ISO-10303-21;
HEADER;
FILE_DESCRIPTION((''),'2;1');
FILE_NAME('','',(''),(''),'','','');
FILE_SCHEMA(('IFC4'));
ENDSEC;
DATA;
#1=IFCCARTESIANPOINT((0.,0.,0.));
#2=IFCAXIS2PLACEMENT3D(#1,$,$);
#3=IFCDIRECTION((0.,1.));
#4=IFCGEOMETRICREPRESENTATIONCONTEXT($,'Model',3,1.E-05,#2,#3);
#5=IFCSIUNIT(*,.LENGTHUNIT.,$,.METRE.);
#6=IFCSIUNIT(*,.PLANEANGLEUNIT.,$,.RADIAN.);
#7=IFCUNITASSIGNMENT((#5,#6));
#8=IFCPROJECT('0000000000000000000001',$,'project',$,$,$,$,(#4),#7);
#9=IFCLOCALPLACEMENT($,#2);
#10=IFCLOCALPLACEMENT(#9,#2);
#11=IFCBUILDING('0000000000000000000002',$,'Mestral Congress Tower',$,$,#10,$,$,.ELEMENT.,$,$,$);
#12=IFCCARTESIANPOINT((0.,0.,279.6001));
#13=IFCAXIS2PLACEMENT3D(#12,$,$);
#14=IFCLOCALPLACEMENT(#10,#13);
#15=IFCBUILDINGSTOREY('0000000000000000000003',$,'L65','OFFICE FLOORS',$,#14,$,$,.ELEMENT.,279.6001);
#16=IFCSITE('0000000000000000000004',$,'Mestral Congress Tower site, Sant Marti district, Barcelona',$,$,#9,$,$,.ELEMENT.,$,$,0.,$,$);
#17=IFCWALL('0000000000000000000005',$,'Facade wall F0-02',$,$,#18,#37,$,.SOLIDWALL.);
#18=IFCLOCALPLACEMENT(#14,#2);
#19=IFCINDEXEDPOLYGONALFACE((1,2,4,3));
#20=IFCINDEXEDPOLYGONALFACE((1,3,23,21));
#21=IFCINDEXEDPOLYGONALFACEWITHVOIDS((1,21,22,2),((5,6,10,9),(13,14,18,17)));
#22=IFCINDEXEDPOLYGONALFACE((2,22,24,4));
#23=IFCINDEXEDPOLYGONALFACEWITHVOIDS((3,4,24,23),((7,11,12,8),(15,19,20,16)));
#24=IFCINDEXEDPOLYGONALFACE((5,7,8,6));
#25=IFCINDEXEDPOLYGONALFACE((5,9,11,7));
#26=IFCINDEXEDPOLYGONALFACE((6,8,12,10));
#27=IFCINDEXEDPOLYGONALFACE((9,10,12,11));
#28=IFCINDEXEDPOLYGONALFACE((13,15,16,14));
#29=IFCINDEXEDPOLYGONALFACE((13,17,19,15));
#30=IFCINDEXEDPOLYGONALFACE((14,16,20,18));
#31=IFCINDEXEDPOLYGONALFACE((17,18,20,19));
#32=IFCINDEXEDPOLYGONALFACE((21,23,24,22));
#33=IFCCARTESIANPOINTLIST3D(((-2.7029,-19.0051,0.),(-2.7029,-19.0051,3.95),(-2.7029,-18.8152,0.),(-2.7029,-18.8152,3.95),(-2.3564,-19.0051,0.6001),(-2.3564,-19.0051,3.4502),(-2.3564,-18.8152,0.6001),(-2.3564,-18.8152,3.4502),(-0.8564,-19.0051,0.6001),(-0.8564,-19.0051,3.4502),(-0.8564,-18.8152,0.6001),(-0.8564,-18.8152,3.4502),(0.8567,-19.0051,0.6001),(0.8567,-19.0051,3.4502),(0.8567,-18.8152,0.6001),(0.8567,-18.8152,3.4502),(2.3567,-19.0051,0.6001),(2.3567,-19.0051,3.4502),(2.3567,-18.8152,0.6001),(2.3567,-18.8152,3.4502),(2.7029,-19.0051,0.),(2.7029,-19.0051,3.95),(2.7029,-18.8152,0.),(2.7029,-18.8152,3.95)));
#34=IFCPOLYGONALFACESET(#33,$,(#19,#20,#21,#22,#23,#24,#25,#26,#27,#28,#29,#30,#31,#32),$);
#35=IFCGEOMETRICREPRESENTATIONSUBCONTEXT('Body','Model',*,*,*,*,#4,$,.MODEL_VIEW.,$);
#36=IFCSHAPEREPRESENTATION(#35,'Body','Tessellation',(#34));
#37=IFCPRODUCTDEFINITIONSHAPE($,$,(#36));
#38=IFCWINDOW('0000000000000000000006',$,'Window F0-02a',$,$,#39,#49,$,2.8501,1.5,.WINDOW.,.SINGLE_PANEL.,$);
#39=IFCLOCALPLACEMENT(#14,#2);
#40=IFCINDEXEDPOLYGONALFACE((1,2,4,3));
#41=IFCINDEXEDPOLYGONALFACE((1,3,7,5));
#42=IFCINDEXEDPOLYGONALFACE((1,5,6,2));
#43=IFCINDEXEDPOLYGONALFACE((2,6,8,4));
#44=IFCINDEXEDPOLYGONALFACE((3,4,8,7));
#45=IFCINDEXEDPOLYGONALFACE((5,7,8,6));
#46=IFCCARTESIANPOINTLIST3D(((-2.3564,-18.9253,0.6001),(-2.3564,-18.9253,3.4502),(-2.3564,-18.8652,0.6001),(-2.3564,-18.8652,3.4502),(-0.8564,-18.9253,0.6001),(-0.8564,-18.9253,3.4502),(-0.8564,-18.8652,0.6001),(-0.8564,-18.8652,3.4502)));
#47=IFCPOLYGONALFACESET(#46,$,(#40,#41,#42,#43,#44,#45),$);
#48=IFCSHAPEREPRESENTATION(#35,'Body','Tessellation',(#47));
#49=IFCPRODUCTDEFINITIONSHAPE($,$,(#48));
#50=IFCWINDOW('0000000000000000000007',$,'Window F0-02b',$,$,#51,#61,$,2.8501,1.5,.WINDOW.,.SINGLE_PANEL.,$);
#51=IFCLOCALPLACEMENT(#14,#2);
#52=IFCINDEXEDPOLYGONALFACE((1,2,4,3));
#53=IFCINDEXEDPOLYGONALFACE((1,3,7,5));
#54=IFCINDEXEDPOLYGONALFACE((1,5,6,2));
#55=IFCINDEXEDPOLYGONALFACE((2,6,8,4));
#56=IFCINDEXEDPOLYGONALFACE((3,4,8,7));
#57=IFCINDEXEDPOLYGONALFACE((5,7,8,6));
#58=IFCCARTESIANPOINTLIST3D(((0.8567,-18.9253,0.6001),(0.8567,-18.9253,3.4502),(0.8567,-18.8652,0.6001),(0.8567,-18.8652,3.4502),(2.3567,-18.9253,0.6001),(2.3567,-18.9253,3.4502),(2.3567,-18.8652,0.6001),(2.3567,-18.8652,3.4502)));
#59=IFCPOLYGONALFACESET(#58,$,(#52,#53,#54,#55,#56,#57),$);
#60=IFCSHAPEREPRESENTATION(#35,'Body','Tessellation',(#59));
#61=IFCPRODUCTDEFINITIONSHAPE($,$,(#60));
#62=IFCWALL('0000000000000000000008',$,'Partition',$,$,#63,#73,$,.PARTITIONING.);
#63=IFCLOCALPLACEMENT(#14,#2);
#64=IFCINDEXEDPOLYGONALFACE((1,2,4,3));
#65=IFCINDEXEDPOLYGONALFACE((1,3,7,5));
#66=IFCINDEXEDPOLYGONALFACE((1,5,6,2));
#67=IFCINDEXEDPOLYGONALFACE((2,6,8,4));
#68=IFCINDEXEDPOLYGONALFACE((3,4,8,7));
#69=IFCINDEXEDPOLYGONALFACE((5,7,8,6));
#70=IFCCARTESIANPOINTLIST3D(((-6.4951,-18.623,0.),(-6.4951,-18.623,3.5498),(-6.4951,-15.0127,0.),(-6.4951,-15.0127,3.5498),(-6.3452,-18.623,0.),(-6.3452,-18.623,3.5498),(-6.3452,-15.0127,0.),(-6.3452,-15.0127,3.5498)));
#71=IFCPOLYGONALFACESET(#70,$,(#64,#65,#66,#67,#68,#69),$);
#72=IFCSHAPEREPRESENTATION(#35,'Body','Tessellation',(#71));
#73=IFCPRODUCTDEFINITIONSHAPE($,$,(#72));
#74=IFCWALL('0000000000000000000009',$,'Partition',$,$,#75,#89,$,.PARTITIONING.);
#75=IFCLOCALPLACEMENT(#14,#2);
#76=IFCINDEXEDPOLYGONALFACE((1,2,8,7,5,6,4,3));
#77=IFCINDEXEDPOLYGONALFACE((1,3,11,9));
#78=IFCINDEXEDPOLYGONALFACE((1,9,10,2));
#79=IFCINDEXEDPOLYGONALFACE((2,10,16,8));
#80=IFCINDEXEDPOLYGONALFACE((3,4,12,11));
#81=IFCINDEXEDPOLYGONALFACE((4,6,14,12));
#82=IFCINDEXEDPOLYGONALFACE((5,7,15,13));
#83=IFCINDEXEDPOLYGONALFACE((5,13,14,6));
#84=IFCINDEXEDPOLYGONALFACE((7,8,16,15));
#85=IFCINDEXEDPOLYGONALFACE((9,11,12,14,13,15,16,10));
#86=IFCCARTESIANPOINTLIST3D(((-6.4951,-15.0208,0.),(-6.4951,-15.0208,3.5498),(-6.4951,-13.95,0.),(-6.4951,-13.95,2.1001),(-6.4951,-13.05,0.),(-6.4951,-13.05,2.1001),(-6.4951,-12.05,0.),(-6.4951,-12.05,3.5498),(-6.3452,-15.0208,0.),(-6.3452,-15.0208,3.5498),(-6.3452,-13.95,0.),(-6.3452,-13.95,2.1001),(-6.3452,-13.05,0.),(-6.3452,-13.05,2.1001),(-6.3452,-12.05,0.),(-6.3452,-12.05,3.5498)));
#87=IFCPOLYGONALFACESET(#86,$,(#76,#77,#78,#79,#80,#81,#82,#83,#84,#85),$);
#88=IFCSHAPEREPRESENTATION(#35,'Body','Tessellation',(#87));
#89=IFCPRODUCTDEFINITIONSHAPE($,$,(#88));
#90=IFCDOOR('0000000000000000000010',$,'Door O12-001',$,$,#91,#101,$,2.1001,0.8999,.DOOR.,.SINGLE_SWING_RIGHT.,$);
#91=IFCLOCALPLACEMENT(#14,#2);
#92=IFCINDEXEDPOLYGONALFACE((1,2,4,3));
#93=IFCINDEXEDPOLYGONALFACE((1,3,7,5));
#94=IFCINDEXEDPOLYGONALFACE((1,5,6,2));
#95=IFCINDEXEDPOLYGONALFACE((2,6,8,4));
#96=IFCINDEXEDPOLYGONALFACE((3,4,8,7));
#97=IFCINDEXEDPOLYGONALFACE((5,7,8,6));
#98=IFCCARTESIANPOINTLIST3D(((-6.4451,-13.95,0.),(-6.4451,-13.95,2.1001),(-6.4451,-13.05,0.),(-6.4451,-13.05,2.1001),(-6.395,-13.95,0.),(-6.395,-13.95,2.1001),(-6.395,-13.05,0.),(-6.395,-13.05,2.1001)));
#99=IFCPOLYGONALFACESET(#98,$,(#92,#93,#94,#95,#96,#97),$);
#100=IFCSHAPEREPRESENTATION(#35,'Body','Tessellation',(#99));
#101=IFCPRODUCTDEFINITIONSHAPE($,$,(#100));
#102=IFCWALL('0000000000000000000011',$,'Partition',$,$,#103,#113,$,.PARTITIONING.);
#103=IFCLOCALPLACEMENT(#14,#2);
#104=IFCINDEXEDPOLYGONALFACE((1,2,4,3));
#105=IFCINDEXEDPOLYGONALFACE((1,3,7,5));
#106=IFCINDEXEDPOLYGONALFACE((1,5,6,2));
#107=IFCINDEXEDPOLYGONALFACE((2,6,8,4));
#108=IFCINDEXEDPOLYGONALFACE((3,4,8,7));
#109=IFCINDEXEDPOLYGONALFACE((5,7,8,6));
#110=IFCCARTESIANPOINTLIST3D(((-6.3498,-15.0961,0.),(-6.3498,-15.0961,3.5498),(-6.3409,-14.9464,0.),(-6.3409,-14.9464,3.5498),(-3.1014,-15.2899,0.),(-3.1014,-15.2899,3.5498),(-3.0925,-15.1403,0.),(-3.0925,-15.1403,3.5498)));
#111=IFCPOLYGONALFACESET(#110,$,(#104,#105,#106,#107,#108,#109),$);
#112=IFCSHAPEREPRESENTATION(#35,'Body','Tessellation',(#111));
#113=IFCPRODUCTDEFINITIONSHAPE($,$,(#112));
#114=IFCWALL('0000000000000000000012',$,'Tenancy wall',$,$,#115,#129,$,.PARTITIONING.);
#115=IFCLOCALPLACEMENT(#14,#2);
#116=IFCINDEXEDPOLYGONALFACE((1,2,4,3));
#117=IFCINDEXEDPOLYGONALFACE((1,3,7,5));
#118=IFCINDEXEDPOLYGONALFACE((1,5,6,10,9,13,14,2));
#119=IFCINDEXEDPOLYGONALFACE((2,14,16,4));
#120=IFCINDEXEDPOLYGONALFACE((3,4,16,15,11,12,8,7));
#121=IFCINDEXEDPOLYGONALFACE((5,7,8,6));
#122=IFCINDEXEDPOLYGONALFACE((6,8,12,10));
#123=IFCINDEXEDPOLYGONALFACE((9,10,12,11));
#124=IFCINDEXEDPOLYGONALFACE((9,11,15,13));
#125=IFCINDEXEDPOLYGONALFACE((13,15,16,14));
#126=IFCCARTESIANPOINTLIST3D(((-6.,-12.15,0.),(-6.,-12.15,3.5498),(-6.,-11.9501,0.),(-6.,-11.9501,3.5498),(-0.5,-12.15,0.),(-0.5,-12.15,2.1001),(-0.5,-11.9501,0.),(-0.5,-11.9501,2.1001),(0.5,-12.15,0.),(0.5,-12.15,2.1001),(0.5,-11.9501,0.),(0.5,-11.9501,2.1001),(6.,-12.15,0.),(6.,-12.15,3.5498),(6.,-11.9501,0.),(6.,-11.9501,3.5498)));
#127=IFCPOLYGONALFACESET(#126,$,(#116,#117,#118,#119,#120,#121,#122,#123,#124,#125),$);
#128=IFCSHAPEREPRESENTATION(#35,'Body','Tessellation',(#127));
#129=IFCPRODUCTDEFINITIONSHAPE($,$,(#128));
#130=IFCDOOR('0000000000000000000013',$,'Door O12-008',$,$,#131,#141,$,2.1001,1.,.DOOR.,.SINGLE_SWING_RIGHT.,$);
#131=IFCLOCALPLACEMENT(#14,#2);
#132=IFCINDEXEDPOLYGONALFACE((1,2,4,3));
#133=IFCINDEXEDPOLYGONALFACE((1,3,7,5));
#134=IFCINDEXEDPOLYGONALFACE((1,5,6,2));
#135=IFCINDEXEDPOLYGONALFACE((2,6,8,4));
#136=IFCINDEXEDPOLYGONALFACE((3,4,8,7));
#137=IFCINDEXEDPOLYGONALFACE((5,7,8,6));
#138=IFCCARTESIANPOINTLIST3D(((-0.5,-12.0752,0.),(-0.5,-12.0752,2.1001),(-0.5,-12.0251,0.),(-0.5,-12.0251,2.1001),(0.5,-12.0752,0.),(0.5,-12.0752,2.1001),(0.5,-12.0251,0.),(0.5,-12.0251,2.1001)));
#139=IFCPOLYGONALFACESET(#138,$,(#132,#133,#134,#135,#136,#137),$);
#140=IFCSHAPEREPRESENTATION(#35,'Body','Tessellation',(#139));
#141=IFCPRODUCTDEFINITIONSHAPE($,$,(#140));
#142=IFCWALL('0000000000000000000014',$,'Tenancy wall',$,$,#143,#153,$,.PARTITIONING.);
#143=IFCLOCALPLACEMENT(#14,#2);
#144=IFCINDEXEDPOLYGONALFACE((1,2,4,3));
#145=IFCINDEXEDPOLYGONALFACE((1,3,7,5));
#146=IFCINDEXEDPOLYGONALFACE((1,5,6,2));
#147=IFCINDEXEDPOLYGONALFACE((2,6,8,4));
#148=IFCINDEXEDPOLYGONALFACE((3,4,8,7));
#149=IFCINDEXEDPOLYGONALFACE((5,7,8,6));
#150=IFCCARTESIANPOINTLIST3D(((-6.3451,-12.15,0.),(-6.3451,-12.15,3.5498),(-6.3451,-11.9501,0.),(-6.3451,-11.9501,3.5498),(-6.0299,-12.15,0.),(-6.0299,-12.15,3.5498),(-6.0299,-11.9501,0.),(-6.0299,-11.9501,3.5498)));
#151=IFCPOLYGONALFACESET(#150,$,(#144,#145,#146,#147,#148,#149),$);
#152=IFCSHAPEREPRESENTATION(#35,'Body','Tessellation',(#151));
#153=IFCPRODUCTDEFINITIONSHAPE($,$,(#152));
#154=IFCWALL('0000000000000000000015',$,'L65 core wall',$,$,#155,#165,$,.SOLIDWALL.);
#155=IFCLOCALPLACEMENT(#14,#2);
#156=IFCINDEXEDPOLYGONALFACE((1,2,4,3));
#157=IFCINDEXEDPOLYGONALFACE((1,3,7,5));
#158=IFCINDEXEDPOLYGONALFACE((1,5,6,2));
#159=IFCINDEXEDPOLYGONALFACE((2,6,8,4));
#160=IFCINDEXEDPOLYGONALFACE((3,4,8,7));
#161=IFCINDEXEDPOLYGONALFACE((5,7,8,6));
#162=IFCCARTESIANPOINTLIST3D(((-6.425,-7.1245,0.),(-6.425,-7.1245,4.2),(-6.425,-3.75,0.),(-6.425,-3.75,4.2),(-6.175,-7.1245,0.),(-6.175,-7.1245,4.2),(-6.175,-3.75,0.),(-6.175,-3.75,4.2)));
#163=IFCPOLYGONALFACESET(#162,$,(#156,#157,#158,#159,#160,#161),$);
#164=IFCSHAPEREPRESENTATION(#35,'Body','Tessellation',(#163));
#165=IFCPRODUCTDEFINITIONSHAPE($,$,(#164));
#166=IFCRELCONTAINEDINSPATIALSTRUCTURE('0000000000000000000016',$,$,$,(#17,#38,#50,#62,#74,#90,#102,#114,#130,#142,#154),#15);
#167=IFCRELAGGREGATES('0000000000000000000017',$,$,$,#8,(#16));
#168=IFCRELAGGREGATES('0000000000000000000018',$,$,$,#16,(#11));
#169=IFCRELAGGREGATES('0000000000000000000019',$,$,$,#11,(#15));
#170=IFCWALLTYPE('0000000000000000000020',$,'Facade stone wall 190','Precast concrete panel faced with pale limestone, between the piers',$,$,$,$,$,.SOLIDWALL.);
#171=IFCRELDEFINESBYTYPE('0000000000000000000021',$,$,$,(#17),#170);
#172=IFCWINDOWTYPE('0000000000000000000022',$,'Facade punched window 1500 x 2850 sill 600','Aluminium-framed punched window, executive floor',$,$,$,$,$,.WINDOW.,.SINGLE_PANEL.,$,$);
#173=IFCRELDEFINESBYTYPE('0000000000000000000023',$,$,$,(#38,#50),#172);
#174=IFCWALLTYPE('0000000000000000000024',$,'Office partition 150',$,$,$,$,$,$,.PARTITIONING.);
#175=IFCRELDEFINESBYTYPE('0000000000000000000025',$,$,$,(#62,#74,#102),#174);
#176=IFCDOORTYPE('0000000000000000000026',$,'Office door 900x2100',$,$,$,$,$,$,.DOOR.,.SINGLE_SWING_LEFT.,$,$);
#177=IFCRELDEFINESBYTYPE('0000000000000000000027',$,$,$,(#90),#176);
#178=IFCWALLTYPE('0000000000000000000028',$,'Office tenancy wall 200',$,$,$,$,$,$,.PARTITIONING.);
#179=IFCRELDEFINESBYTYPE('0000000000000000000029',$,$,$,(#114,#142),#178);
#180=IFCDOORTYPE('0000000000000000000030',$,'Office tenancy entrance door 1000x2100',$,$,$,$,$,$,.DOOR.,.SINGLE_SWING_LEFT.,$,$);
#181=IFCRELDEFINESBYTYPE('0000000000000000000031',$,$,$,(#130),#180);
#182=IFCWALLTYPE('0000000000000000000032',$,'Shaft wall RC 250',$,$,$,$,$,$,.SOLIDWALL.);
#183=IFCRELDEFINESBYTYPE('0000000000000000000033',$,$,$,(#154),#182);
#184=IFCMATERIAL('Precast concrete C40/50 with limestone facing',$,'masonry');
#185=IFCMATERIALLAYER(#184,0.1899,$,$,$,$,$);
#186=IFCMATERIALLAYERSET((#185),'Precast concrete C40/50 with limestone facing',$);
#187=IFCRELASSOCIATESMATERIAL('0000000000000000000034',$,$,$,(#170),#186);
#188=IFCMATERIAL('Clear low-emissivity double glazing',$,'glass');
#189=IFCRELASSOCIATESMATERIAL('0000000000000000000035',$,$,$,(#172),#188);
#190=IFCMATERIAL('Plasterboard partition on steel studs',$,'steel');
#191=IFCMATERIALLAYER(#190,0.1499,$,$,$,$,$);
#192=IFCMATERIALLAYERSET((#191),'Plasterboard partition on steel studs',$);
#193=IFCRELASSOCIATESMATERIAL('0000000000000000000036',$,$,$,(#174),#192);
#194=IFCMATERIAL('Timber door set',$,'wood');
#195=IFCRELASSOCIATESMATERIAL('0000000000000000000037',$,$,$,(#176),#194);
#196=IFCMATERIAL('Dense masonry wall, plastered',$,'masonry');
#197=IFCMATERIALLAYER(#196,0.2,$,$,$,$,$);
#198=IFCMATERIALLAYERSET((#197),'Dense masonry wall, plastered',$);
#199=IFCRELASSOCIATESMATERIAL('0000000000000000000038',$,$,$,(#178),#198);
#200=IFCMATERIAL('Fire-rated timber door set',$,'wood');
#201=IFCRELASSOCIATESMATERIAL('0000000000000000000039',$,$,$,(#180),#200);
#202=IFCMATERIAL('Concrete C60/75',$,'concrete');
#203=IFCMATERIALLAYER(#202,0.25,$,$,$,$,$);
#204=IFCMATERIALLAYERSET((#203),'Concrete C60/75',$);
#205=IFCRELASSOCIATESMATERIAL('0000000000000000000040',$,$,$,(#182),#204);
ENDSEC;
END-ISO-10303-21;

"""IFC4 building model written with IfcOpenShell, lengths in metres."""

from ifc_helpers import new_model, si_unit, direction, frame, frame_2d, origin, place, context, subcontext, project, spatial, rectangle, extrude, material, layer, layer_set, type_object, element, fill, save


model = new_model("IFC4")

# Units and contexts
model_context = context("Model", 3, precision=1e-05, world=origin(), true_north=direction((0.0, 1.0)))
body_context = subcontext(model_context, "Body", "Model", "MODEL_VIEW")
ifc_project = project(units=[si_unit("LENGTHUNIT", "METRE"), si_unit("PLANEANGLEUNIT", "RADIAN")], contexts=[model_context])

# Site, building, storey
site_placement = place(None, origin())
site = spatial("IfcSite", under=ifc_project, at=site_placement, Name="Mestral Congress Tower site, Sant Marti district, Barcelona", CompositionType="ELEMENT", RefElevation=0.0)
building_placement = place(site_placement, origin())
building = spatial("IfcBuilding", under=site, at=building_placement, Name="Mestral Congress Tower", CompositionType="ELEMENT")
storey_placement = place(building_placement, frame((0.0, 0.0, 279.6001)))
storey = spatial("IfcBuildingStorey", under=building, at=storey_placement, Name="L65", Description="OFFICE FLOORS", CompositionType="ELEMENT", Elevation=279.6001)

# Shared definitions
ifc_material_1 = material(Name="Concrete C60/75", Category="concrete")

# Wall, openings, windows
ifc_material_2 = material(Name="Precast concrete C40/50 with limestone facing", Category="masonry")
ifc_layer_1 = layer(ifc_material_2, 0.1899)
ifc_layer_set_1 = layer_set([ifc_layer_1], Name="Precast concrete C40/50 with limestone facing")
wall_type_1 = type_object("IfcWallType", Name="Facade stone wall 190", Description="Precast concrete panel faced with pale limestone, between the piers", PredefinedType="SOLIDWALL", material=ifc_layer_set_1)
ifc_material_3 = material(Name="Clear low-emissivity double glazing", Category="glass")
window_type = type_object("IfcWindowType", Name="Facade punched window 1500 x 2850 sill 600", Description="Aluminium-framed punched window, executive floor", PartitioningType="SINGLE_PANEL", PredefinedType="WINDOW", material=ifc_material_3)
wall_1_placement = place(storey_placement, frame((-2.7029, -18.9102, 0.0), z_axis=(0.0, 0.0, 1.0), x_axis=(1.0, 0.0, 0.0)))
wall_1 = element("IfcWall", 1, at=wall_1_placement, inside=storey, type_object=wall_type_1, Name="Facade wall F0-02", PredefinedType="SOLIDWALL", context=body_context, shape_type="SweptSolid", body=[
    extrude(rectangle(XDim=5.4058, YDim=0.1899, at=frame_2d((2.7029, 0.0))), origin(), (0.0, 0.0, 1.0), 3.95),
])
opening_1_placement = place(wall_1_placement, frame((0.3464, 0.0, 0.6001)))
opening_1 = element("IfcOpeningElement", 2, at=opening_1_placement, cuts=wall_1, PredefinedType="OPENING", context=body_context, shape_type="SweptSolid", body=[
    extrude(rectangle(XDim=1.5, YDim=2.8501, at=frame_2d((0.75, 1.425))), frame((0.0, 0.105, 0.0), z_axis=(0.0, -1.0, 0.0), x_axis=(1.0, 0.0, 0.0)), (0.0, 0.0, 1.0), 0.21),
])
opening_2_placement = place(wall_1_placement, frame((3.5596, 0.0, 0.6001)))
opening_2 = element("IfcOpeningElement", 3, at=opening_2_placement, cuts=wall_1, PredefinedType="OPENING", context=body_context, shape_type="SweptSolid", body=[
    extrude(rectangle(XDim=1.5, YDim=2.8501, at=frame_2d((0.75, 1.425))), frame((0.0, 0.105, 0.0), z_axis=(0.0, -1.0, 0.0), x_axis=(1.0, 0.0, 0.0)), (0.0, 0.0, 1.0), 0.21),
])
window_1_placement = place(opening_1_placement, origin())
window_1 = element("IfcWindow", 4, at=window_1_placement, inside=storey, type_object=window_type, Name="Window F0-02a", OverallHeight=2.8501, OverallWidth=1.5, PartitioningType="SINGLE_PANEL", PredefinedType="WINDOW", context=body_context, shape_type="SweptSolid", body=[
    extrude(rectangle(XDim=1.5, YDim=2.8501, at=frame_2d((0.75, 1.425))), frame((0.0, 0.0449, 0.0), z_axis=(0.0, -1.0, 0.0), x_axis=(1.0, 0.0, 0.0)), (0.0, 0.0, 1.0), 0.0601),
])
fill(opening_1, window_1)
window_2_placement = place(opening_2_placement, origin())
window_2 = element("IfcWindow", 5, at=window_2_placement, inside=storey, type_object=window_type, Name="Window F0-02b", OverallHeight=2.8501, OverallWidth=1.5, PartitioningType="SINGLE_PANEL", PredefinedType="WINDOW", context=body_context, shape_type="SweptSolid", body=[
    extrude(rectangle(XDim=1.5, YDim=2.8501, at=frame_2d((0.75, 1.425))), frame((0.0, 0.0449, 0.0), z_axis=(0.0, -1.0, 0.0), x_axis=(1.0, 0.0, 0.0)), (0.0, 0.0, 1.0), 0.0601),
])
fill(opening_2, window_2)

# Wall
ifc_material_4 = material(Name="Plasterboard partition on steel studs", Category="steel")
ifc_layer_2 = layer(ifc_material_4, 0.1499)
ifc_layer_set_2 = layer_set([ifc_layer_2], Name="Plasterboard partition on steel studs")
wall_type_2 = type_object("IfcWallType", Name="Office partition 150", PredefinedType="PARTITIONING", material=ifc_layer_set_2)
wall_2_placement = place(storey_placement, frame((-6.4202, -15.0127, 0.0), z_axis=(0.0, 0.0, 1.0), x_axis=(0.0, -1.0, 0.0)))
element("IfcWall", 6, at=wall_2_placement, inside=storey, type_object=wall_type_2, Name="Partition", PredefinedType="PARTITIONING", context=body_context, shape_type="SweptSolid", body=[
    extrude(rectangle(XDim=3.6104, YDim=0.1499, at=frame_2d((1.8052, 0.0))), origin(), (0.0, 0.0, 1.0), 3.5498),
])

# Wall, opening, door
wall_3_placement = place(storey_placement, frame((-6.4202, -15.0208, 0.0), z_axis=(0.0, 0.0, 1.0), x_axis=(0.0, 1.0, 0.0)))
wall_3 = element("IfcWall", 7, at=wall_3_placement, inside=storey, type_object=wall_type_2, Name="Partition", PredefinedType="PARTITIONING", context=body_context, shape_type="SweptSolid", body=[
    extrude(rectangle(XDim=2.9707, YDim=0.1499, at=frame_2d((1.4854, 0.0))), origin(), (0.0, 0.0, 1.0), 3.5498),
])
opening_3_placement = place(wall_3_placement, frame((1.0708, 0.0, 0.0)))
opening_3 = element("IfcOpeningElement", 8, at=opening_3_placement, cuts=wall_3, PredefinedType="OPENING", context=body_context, shape_type="SweptSolid", body=[
    extrude(rectangle(XDim=0.8999, YDim=2.1001, at=frame_2d((0.45, 1.05))), frame((0.0, 0.085, 0.0), z_axis=(0.0, -1.0, 0.0), x_axis=(1.0, 0.0, 0.0)), (0.0, 0.0, 1.0), 0.1699),
])
ifc_material_5 = material(Name="Timber door set", Category="wood")
door_type_1 = type_object("IfcDoorType", Name="Office door 900x2100", OperationType="SINGLE_SWING_LEFT", PredefinedType="DOOR", material=ifc_material_5)
door_1_placement = place(opening_3_placement, origin())
door_1 = element("IfcDoor", 9, at=door_1_placement, inside=storey, type_object=door_type_1, Name="Door O12-001", OperationType="SINGLE_SWING_RIGHT", OverallHeight=2.1001, OverallWidth=0.8999, PredefinedType="DOOR", context=body_context, shape_type="SweptSolid", body=[
    extrude(rectangle(XDim=0.8999, YDim=2.1001, at=frame_2d((0.45, 1.05))), frame((0.0, 0.0249, 0.0), z_axis=(0.0, -1.0, 0.0), x_axis=(1.0, 0.0, 0.0)), (0.0, 0.0, 1.0), 0.05),
])
fill(opening_3, door_1)

# Wall
wall_4_placement = place(storey_placement, frame((-6.3452, -15.0212, 0.0), z_axis=(0.0, 0.0, 1.0), x_axis=(0.998224, -0.059571, 0.0)))
element("IfcWall", 10, at=wall_4_placement, inside=storey, type_object=wall_type_2, Name="Partition", PredefinedType="PARTITIONING", context=body_context, shape_type="SweptSolid", body=[
    extrude(rectangle(XDim=3.2542, YDim=0.1499, at=frame_2d((1.627, 0.0))), origin(), (0.0, 0.0, 1.0), 3.5498),
])

# Wall, opening, door
ifc_material_6 = material(Name="Dense masonry wall, plastered", Category="masonry")
ifc_layer_3 = layer(ifc_material_6, 0.2)
ifc_layer_set_3 = layer_set([ifc_layer_3], Name="Dense masonry wall, plastered")
wall_type_3 = type_object("IfcWallType", Name="Office tenancy wall 200", PredefinedType="PARTITIONING", material=ifc_layer_set_3)
wall_5_placement = place(storey_placement, frame((-6.0, -12.05, 0.0), z_axis=(0.0, 0.0, 1.0), x_axis=(1.0, 0.0, 0.0)))
wall_5 = element("IfcWall", 11, at=wall_5_placement, inside=storey, type_object=wall_type_3, Name="Tenancy wall", PredefinedType="PARTITIONING", context=body_context, shape_type="SweptSolid", body=[
    extrude(rectangle(XDim=12.0, YDim=0.2, at=frame_2d((6.0, 0.0))), origin(), (0.0, 0.0, 1.0), 3.5498),
])
opening_4_placement = place(wall_5_placement, frame((5.5, 0.0, 0.0)))
opening_4 = element("IfcOpeningElement", 12, at=opening_4_placement, cuts=wall_5, PredefinedType="OPENING", context=body_context, shape_type="SweptSolid", body=[
    extrude(rectangle(XDim=1.0, YDim=2.1001, at=frame_2d((0.5, 1.05))), frame((0.0, 0.1099, 0.0), z_axis=(0.0, -1.0, 0.0), x_axis=(1.0, 0.0, 0.0)), (0.0, 0.0, 1.0), 0.22),
])
ifc_material_7 = material(Name="Fire-rated timber door set", Category="wood")
door_type_2 = type_object("IfcDoorType", Name="Office tenancy entrance door 1000x2100", OperationType="SINGLE_SWING_LEFT", PredefinedType="DOOR", material=ifc_material_7)
door_2_placement = place(opening_4_placement, origin())
door_2 = element("IfcDoor", 13, at=door_2_placement, inside=storey, type_object=door_type_2, Name="Door O12-008", OperationType="SINGLE_SWING_RIGHT", OverallHeight=2.1001, OverallWidth=1.0, PredefinedType="DOOR", context=body_context, shape_type="SweptSolid", body=[
    extrude(rectangle(XDim=1.0, YDim=2.1001, at=frame_2d((0.5, 1.05))), frame((0.0, 0.0249, 0.0), z_axis=(0.0, -1.0, 0.0), x_axis=(1.0, 0.0, 0.0)), (0.0, 0.0, 1.0), 0.05),
])
fill(opening_4, door_2)

# Walls
wall_6_placement = place(storey_placement, frame((-6.3452, -12.05, 0.0), z_axis=(0.0, 0.0, 1.0), x_axis=(1.0, 0.0, 0.0)))
element("IfcWall", 14, at=wall_6_placement, inside=storey, type_object=wall_type_3, Name="Tenancy wall", PredefinedType="PARTITIONING", context=body_context, shape_type="SweptSolid", body=[
    extrude(rectangle(XDim=0.3152, YDim=0.2, at=frame_2d((0.1577, 0.0))), origin(), (0.0, 0.0, 1.0), 3.5498),
])
ifc_layer_4 = layer(ifc_material_1, 0.25)
ifc_layer_set_4 = layer_set([ifc_layer_4], Name="Concrete C60/75")
wall_type_4 = type_object("IfcWallType", Name="Shaft wall RC 250", PredefinedType="SOLIDWALL", material=ifc_layer_set_4)
wall_7_placement = place(storey_placement, frame((-6.3, -7.1245, 0.0), z_axis=(0.0, 0.0, 1.0), x_axis=(0.0, 1.0, 0.0)))
element("IfcWall", 15, at=wall_7_placement, inside=storey, type_object=wall_type_4, Name="L65 core wall", PredefinedType="SOLIDWALL", context=body_context, shape_type="SweptSolid", body=[
    extrude(rectangle(XDim=3.3745, YDim=0.25, at=frame_2d((1.6873, 0.0))), origin(), (0.0, 0.0, 1.0), 4.2),
])

save(model, "model.ifc")
